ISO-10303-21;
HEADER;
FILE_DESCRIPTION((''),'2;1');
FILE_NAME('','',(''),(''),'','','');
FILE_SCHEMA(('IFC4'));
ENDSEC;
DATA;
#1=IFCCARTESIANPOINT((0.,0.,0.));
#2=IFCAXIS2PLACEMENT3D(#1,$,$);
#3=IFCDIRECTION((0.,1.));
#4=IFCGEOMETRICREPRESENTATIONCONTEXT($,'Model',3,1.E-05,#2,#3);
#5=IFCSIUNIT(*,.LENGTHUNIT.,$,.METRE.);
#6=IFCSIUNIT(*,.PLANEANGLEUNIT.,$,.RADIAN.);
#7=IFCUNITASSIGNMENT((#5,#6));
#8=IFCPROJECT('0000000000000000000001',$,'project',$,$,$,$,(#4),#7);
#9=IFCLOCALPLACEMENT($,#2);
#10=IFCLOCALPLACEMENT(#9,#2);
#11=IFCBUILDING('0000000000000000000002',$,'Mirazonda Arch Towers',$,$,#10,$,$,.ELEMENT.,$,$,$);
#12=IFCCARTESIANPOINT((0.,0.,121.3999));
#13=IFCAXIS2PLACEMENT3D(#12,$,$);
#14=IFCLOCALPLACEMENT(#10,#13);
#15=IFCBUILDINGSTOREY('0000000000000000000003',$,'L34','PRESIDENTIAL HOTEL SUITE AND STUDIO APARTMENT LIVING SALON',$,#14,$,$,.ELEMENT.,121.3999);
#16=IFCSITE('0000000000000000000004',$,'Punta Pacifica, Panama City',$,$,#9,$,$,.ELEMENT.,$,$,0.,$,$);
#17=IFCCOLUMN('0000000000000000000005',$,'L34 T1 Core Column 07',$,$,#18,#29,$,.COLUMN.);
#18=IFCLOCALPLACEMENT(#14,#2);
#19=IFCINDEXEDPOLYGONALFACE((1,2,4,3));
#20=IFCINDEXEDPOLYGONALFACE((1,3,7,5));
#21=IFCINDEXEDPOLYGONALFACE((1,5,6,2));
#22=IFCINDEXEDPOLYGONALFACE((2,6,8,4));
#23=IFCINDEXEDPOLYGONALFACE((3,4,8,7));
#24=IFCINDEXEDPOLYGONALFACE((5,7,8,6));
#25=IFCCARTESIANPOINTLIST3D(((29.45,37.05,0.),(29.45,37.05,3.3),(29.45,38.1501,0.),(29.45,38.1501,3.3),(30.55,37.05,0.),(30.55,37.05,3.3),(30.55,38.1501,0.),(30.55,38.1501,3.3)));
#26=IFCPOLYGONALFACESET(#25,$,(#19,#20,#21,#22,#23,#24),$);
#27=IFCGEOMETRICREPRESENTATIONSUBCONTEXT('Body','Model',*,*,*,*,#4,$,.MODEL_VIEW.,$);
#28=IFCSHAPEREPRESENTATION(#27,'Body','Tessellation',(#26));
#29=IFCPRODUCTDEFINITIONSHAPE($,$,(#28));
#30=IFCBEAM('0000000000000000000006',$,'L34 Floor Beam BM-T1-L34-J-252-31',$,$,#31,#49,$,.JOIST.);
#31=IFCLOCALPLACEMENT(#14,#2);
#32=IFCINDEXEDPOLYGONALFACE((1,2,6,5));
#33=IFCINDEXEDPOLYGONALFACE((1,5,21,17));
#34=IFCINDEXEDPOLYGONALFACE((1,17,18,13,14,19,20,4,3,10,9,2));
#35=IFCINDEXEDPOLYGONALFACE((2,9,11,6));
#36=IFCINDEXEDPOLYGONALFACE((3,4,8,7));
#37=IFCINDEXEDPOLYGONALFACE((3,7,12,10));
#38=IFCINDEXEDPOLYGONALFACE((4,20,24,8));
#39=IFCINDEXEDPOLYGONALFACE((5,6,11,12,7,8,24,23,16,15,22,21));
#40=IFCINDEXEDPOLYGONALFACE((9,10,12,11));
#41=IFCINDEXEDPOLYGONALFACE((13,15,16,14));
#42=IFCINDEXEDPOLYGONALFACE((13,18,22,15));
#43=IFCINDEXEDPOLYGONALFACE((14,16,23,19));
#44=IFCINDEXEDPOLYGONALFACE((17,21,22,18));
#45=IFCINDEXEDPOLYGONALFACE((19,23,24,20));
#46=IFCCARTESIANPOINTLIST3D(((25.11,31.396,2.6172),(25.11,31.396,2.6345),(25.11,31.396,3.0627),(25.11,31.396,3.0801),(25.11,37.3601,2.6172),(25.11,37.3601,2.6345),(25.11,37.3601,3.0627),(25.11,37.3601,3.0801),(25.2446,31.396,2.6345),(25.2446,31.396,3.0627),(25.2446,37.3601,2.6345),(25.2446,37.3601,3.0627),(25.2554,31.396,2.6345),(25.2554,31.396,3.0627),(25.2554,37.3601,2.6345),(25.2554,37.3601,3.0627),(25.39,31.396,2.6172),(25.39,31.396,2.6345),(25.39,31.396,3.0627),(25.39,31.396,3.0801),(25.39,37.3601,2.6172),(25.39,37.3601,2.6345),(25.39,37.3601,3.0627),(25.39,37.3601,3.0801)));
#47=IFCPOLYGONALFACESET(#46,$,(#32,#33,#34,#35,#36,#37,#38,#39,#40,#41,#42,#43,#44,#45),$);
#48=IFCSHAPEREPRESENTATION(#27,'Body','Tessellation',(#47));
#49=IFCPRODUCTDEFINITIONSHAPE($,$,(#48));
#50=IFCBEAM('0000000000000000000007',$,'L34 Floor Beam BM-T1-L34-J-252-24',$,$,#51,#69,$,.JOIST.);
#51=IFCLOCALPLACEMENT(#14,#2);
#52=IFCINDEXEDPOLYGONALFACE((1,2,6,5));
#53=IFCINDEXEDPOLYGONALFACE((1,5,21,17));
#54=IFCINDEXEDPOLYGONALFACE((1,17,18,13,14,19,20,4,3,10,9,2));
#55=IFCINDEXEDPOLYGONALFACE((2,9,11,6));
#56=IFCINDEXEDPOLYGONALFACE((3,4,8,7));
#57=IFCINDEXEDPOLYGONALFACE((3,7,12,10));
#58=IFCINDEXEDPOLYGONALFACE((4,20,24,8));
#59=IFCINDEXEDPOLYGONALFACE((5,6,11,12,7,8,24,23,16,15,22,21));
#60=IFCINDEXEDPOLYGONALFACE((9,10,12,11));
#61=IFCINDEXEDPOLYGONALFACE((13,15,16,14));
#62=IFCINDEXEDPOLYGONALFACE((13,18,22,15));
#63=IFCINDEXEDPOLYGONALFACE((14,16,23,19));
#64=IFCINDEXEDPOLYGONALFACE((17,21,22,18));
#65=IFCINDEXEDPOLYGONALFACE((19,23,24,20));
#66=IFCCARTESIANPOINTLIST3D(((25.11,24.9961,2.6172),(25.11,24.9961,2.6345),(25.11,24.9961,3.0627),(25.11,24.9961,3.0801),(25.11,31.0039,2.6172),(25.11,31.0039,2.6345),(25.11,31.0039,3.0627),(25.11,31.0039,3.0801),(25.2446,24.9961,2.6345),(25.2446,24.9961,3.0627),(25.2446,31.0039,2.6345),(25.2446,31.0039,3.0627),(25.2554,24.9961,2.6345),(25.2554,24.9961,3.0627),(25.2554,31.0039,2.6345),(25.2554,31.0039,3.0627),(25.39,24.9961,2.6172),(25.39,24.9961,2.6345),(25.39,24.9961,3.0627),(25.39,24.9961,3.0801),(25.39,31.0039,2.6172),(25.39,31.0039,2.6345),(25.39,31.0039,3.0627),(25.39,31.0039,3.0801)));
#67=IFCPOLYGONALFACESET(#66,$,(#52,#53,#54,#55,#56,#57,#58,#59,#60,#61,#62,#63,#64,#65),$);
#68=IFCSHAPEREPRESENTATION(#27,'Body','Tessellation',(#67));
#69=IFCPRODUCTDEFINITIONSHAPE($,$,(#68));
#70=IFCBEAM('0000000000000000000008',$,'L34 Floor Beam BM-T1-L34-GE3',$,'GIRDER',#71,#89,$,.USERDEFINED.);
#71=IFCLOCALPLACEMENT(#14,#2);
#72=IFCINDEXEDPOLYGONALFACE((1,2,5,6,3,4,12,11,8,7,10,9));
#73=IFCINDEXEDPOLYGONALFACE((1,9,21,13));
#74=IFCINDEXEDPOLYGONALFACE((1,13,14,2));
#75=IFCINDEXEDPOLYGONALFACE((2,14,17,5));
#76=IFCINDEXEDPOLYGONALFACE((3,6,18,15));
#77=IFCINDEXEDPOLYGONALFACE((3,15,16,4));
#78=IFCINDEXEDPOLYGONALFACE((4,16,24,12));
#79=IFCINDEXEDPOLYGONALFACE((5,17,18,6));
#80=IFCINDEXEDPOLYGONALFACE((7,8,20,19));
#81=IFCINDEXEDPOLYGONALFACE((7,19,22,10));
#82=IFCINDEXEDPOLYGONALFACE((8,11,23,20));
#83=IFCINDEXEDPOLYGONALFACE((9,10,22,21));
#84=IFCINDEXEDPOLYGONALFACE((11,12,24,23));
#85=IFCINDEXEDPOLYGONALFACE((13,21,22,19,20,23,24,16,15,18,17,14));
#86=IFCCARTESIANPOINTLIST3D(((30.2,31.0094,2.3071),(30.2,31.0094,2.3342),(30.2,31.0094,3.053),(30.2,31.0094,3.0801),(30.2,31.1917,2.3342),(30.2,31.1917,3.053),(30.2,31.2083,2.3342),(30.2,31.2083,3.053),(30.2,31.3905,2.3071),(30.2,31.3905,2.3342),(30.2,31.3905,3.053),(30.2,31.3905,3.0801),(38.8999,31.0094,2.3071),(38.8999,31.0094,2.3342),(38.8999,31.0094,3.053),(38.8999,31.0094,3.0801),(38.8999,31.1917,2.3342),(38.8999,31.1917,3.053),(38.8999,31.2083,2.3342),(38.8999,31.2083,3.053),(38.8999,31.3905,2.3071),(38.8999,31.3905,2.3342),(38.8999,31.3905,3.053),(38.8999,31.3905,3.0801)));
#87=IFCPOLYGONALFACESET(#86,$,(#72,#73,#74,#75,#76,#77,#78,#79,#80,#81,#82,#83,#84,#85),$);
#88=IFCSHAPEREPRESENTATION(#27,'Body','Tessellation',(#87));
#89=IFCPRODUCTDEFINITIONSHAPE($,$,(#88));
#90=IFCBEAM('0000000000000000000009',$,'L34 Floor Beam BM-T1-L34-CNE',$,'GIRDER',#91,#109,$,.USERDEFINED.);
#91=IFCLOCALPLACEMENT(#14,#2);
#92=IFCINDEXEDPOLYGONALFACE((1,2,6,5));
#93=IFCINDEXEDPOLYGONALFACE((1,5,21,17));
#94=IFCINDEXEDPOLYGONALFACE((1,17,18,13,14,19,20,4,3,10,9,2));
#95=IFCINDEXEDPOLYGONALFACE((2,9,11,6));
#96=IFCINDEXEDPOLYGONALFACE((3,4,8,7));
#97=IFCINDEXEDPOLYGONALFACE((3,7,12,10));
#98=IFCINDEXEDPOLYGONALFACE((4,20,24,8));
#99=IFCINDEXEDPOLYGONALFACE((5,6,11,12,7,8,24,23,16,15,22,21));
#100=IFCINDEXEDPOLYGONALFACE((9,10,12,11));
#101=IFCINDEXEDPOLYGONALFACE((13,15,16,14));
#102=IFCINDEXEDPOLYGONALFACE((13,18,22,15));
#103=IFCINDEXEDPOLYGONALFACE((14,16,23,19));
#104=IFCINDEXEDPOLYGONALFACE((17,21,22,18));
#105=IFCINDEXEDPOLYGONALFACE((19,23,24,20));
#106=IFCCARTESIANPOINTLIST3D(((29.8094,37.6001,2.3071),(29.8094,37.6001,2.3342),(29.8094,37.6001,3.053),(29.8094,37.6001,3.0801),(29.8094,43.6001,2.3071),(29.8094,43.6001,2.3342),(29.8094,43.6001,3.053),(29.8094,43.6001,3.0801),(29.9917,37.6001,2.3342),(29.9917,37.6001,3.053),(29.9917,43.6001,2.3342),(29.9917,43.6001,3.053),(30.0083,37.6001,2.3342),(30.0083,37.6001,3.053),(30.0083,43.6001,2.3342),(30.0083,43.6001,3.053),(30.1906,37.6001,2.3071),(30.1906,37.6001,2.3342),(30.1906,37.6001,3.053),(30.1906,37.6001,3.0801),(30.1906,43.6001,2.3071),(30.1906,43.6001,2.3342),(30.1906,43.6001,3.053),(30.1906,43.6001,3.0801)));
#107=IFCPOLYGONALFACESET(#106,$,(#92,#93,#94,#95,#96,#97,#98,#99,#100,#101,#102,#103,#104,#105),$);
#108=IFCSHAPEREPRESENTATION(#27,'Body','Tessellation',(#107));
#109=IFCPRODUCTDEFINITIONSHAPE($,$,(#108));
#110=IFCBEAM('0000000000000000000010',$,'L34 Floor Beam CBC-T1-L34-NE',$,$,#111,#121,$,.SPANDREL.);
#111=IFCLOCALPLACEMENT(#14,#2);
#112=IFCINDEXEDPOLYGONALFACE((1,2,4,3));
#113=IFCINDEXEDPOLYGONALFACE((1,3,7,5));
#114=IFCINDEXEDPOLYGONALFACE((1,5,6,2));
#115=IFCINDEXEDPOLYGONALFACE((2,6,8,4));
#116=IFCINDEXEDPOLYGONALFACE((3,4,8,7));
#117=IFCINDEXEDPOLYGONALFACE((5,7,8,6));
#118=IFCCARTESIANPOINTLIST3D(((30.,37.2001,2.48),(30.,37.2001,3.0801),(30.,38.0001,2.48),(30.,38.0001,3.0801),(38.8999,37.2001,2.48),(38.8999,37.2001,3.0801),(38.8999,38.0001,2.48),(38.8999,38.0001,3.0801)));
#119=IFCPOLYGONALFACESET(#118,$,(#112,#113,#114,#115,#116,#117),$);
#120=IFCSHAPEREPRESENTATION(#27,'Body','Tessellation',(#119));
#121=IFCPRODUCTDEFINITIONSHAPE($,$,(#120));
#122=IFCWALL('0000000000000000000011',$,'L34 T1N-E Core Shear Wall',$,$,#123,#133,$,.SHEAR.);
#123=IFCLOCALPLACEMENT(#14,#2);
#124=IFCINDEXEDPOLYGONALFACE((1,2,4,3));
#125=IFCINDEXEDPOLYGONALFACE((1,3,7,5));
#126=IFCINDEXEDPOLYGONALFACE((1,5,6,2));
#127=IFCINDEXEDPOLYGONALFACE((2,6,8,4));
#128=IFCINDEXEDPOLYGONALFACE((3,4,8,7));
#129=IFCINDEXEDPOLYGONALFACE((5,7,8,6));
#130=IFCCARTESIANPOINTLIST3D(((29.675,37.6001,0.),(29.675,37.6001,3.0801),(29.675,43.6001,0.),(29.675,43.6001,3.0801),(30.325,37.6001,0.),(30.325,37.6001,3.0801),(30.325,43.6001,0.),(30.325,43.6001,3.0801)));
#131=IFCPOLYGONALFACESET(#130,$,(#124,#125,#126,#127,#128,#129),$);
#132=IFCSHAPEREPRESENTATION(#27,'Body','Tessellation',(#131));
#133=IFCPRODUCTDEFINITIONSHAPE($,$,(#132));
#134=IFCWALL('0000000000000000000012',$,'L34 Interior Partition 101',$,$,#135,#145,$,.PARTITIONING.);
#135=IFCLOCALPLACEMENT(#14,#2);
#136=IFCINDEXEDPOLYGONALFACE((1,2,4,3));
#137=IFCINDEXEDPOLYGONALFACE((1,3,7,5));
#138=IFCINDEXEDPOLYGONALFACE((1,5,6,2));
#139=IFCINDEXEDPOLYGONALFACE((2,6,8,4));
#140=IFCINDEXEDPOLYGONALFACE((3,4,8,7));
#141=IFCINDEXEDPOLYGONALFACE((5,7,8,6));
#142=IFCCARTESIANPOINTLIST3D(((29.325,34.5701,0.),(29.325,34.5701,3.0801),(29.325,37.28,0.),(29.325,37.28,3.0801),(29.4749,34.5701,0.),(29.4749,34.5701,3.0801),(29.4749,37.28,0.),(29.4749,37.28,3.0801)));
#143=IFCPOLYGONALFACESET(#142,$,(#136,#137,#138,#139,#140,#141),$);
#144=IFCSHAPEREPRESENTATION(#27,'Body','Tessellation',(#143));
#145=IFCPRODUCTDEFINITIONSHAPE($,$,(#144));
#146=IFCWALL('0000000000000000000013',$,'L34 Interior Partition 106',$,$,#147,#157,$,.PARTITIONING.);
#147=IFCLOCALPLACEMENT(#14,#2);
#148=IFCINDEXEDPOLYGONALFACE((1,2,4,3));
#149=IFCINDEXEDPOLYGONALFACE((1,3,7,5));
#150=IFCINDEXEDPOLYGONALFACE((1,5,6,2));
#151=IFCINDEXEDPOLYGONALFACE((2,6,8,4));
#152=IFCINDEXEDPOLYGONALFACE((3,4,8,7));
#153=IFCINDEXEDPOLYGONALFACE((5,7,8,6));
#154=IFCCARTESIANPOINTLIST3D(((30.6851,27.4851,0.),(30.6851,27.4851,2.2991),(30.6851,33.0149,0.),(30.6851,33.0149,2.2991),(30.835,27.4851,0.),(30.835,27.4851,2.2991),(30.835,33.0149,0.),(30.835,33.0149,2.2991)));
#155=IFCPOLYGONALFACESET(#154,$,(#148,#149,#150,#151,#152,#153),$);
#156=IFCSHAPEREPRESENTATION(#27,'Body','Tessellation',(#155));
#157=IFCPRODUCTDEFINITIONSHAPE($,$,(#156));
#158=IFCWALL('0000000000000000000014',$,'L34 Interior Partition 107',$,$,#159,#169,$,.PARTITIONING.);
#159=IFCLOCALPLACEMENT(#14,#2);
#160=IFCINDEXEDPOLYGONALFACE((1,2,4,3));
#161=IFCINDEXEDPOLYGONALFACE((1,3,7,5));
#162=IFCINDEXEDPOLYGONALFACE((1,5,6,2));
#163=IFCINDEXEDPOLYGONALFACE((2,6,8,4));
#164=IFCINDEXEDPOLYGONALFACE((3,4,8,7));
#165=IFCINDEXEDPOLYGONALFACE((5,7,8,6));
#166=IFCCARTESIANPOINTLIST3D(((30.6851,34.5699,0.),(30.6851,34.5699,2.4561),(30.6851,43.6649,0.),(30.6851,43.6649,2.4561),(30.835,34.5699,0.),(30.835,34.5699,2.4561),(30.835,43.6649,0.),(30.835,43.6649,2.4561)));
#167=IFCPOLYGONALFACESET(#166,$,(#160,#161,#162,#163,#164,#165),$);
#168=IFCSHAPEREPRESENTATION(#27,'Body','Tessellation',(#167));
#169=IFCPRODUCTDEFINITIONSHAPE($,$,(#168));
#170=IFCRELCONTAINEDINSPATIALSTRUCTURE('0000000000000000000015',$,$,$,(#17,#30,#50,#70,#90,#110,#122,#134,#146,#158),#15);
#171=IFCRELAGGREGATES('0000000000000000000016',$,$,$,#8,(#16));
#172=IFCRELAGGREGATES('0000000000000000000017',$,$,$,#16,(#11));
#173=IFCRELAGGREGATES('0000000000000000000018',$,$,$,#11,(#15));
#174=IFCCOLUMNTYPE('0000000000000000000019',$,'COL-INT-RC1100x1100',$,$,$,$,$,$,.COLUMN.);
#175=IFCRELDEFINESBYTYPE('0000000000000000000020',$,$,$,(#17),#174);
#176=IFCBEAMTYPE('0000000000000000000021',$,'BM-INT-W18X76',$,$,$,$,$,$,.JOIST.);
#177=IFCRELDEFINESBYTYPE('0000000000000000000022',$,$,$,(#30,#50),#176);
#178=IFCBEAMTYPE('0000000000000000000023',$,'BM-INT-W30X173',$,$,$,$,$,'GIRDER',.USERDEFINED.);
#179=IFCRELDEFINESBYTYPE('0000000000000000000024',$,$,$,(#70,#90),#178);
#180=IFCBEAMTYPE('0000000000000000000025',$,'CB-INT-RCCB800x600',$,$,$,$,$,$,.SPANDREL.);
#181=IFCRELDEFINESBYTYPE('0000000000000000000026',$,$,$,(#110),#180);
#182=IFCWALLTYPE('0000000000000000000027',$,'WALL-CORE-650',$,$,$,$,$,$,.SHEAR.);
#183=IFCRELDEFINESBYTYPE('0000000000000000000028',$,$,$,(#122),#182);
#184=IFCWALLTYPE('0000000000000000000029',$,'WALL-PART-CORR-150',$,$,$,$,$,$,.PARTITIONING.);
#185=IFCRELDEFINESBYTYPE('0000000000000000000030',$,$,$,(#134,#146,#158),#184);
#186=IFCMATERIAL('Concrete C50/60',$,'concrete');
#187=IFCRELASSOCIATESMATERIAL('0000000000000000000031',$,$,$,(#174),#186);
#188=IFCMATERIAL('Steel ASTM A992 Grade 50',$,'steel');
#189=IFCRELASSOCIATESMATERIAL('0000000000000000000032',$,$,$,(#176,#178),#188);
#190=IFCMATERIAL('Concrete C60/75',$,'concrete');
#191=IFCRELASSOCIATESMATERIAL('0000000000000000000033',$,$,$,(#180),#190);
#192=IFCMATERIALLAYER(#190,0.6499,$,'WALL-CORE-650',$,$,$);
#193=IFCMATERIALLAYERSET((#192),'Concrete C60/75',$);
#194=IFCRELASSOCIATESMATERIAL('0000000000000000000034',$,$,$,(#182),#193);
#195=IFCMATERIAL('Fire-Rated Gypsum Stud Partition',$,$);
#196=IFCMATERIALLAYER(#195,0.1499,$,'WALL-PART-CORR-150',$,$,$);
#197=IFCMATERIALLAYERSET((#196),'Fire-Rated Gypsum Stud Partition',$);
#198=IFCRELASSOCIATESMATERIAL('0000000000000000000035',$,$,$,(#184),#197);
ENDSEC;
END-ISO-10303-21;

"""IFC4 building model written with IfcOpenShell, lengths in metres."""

from ifc_helpers import new_model, si_unit, direction, frame, frame_2d, origin, origin_2d, place, context, subcontext, project, spatial, rectangle, i_section, extrude, material, layer, layer_set, material_profile, profile_set, type_object, element, save


model = new_model("IFC4")

# Units and contexts
model_context = context("Model", 3, precision=1e-05, world=origin(), true_north=direction((0.0, 1.0)))
body_context = subcontext(model_context, "Body", "Model", "MODEL_VIEW")
ifc_project = project(units=[si_unit("LENGTHUNIT", "METRE"), si_unit("PLANEANGLEUNIT", "RADIAN")], contexts=[model_context])

# Site, building, storey
site_placement = place(None, origin())
site = spatial("IfcSite", under=ifc_project, at=site_placement, Name="Punta Pacifica, Panama City", CompositionType="ELEMENT", RefElevation=0.0)
building_placement = place(site_placement, origin())
building = spatial("IfcBuilding", under=site, at=building_placement, Name="Mirazonda Arch Towers", CompositionType="ELEMENT")
storey_placement = place(building_placement, frame((0.0, 0.0, 121.3999)))
storey = spatial("IfcBuildingStorey", under=building, at=storey_placement, Name="L34", Description="PRESIDENTIAL HOTEL SUITE AND STUDIO APARTMENT LIVING SALON", CompositionType="ELEMENT", Elevation=121.3999)

# Column
ifc_material_1 = material(Name="Concrete C50/60", Category="concrete")
ifc_material_profile_1 = material_profile(ifc_material_1, rectangle(XDim=1.1001, YDim=1.1001, at=origin_2d()), Name="RC1100x1100")
ifc_profile_set_1 = profile_set([ifc_material_profile_1], Name="Concrete C50/60")
column_type = type_object("IfcColumnType", Name="COL-INT-RC1100x1100", PredefinedType="COLUMN", material=ifc_profile_set_1)
column_placement = place(storey_placement, frame((30.0, 37.6001, 0.0), z_axis=(0.0, 0.0, 1.0), x_axis=(1.0, 0.0, 0.0)))
element("IfcColumn", 1, at=column_placement, inside=storey, type_object=column_type, Name="L34 T1 Core Column 07", PredefinedType="COLUMN", context=body_context, shape_type="SweptSolid", body=[
    extrude(rectangle(XDim=1.1001, YDim=1.1001, at=origin_2d()), origin(), (0.0, 0.0, 1.0), 3.3),
])

# Beams
ifc_material_2 = material(Name="Steel ASTM A992 Grade 50", Category="steel")
ifc_material_profile_2 = material_profile(ifc_material_2, i_section(OverallWidth=0.28, OverallDepth=0.4629, WebThickness=0.0107, FlangeThickness=0.0173, at=origin_2d()), Name="W18X76")
ifc_profile_set_2 = profile_set([ifc_material_profile_2], Name="Steel ASTM A992 Grade 50")
beam_type_1 = type_object("IfcBeamType", Name="BM-INT-W18X76", PredefinedType="JOIST", material=ifc_profile_set_2)
beam_1_placement = place(storey_placement, frame((25.25, 31.396, 2.8486), z_axis=(0.0, 1.0, 0.0), x_axis=(-1.0, 0.0, 0.0)))
element("IfcBeam", 2, at=beam_1_placement, inside=storey, type_object=beam_type_1, Name="L34 Floor Beam BM-T1-L34-J-252-31", PredefinedType="JOIST", context=body_context, shape_type="SweptSolid", body=[
    extrude(i_section(OverallWidth=0.28, OverallDepth=0.4629, WebThickness=0.0107, FlangeThickness=0.0173, at=origin_2d()), origin(), (0.0, 0.0, 1.0), 5.9641),
])
beam_2_placement = place(storey_placement, frame((25.25, 24.9961, 2.8486), z_axis=(0.0, 1.0, 0.0), x_axis=(-1.0, 0.0, 0.0)))
element("IfcBeam", 3, at=beam_2_placement, inside=storey, type_object=beam_type_1, Name="L34 Floor Beam BM-T1-L34-J-252-24", PredefinedType="JOIST", context=body_context, shape_type="SweptSolid", body=[
    extrude(i_section(OverallWidth=0.28, OverallDepth=0.4629, WebThickness=0.0107, FlangeThickness=0.0173, at=origin_2d()), origin(), (0.0, 0.0, 1.0), 6.0078),
])
ifc_material_profile_3 = material_profile(ifc_material_2, i_section(OverallWidth=0.3811, OverallDepth=0.7729, WebThickness=0.0166, FlangeThickness=0.0271, at=origin_2d()), Name="W30X173")
ifc_profile_set_3 = profile_set([ifc_material_profile_3], Name="Steel ASTM A992 Grade 50")
beam_type_2 = type_object("IfcBeamType", Name="BM-INT-W30X173", ElementType="GIRDER", PredefinedType="USERDEFINED", material=ifc_profile_set_3)
beam_3_placement = place(storey_placement, frame((30.2, 31.2, 2.6936), z_axis=(1.0, 0.0, 0.0), x_axis=(0.0, 1.0, 0.0)))
element("IfcBeam", 4, at=beam_3_placement, inside=storey, type_object=beam_type_2, Name="L34 Floor Beam BM-T1-L34-GE3", ObjectType="GIRDER", PredefinedType="USERDEFINED", context=body_context, shape_type="SweptSolid", body=[
    extrude(i_section(OverallWidth=0.3811, OverallDepth=0.7729, WebThickness=0.0166, FlangeThickness=0.0271, at=origin_2d()), origin(), (0.0, 0.0, 1.0), 8.7),
])
beam_4_placement = place(storey_placement, frame((30.0, 37.6001, 2.6936), z_axis=(0.0, 1.0, 0.0), x_axis=(-1.0, 0.0, 0.0)))
element("IfcBeam", 5, at=beam_4_placement, inside=storey, type_object=beam_type_2, Name="L34 Floor Beam BM-T1-L34-CNE", ObjectType="GIRDER", PredefinedType="USERDEFINED", context=body_context, shape_type="SweptSolid", body=[
    extrude(i_section(OverallWidth=0.3811, OverallDepth=0.7729, WebThickness=0.0166, FlangeThickness=0.0271, at=origin_2d()), origin(), (0.0, 0.0, 1.0), 6.0),
])
ifc_material_3 = material(Name="Concrete C60/75", Category="concrete")
ifc_material_profile_4 = material_profile(ifc_material_3, rectangle(XDim=0.8, YDim=0.6001, at=origin_2d()), Name="RCCB800x600")
ifc_profile_set_4 = profile_set([ifc_material_profile_4], Name="Concrete C60/75")
beam_type_3 = type_object("IfcBeamType", Name="CB-INT-RCCB800x600", PredefinedType="SPANDREL", material=ifc_profile_set_4)
beam_5_placement = place(storey_placement, frame((30.0, 37.6001, 2.78), z_axis=(1.0, 0.0, 0.0), x_axis=(0.0, 1.0, 0.0)))
element("IfcBeam", 6, at=beam_5_placement, inside=storey, type_object=beam_type_3, Name="L34 Floor Beam CBC-T1-L34-NE", PredefinedType="SPANDREL", context=body_context, shape_type="SweptSolid", body=[
    extrude(rectangle(XDim=0.8, YDim=0.6001, at=origin_2d()), origin(), (0.0, 0.0, 1.0), 8.8999),
])

# Walls
ifc_layer_1 = layer(ifc_material_3, 0.6499, Name="WALL-CORE-650")
ifc_layer_set_1 = layer_set([ifc_layer_1], Name="Concrete C60/75")
wall_type_1 = type_object("IfcWallType", Name="WALL-CORE-650", PredefinedType="SHEAR", material=ifc_layer_set_1)
wall_1_placement = place(storey_placement, frame((30.0, 37.6001, 0.0), z_axis=(0.0, 0.0, 1.0), x_axis=(0.0, 1.0, 0.0)))
element("IfcWall", 7, at=wall_1_placement, inside=storey, type_object=wall_type_1, Name="L34 T1N-E Core Shear Wall", PredefinedType="SHEAR", context=body_context, shape_type="SweptSolid", body=[
    extrude(rectangle(XDim=6.0, YDim=0.6499, at=frame_2d((3.0, 0.0))), origin(), (0.0, 0.0, 1.0), 3.0801),
])
ifc_material_4 = material(Name="Fire-Rated Gypsum Stud Partition")
ifc_layer_2 = layer(ifc_material_4, 0.1499, Name="WALL-PART-CORR-150")
ifc_layer_set_2 = layer_set([ifc_layer_2], Name="Fire-Rated Gypsum Stud Partition")
wall_type_2 = type_object("IfcWallType", Name="WALL-PART-CORR-150", PredefinedType="PARTITIONING", material=ifc_layer_set_2)
wall_2_placement = place(storey_placement, frame((29.3999, 34.5701, 0.0), z_axis=(0.0, 0.0, 1.0), x_axis=(0.0, 1.0, 0.0)))
element("IfcWall", 8, at=wall_2_placement, inside=storey, type_object=wall_type_2, Name="L34 Interior Partition 101", PredefinedType="PARTITIONING", context=body_context, shape_type="SweptSolid", body=[
    extrude(rectangle(XDim=2.71, YDim=0.1499, at=frame_2d((1.355, 0.0))), origin(), (0.0, 0.0, 1.0), 3.0801),
])
wall_3_placement = place(storey_placement, frame((30.76, 27.4851, 0.0), z_axis=(0.0, 0.0, 1.0), x_axis=(0.0, 1.0, 0.0)))
element("IfcWall", 9, at=wall_3_placement, inside=storey, type_object=wall_type_2, Name="L34 Interior Partition 106", PredefinedType="PARTITIONING", context=body_context, shape_type="SweptSolid", body=[
    extrude(rectangle(XDim=5.5298, YDim=0.1499, at=frame_2d((2.7649, 0.0))), origin(), (0.0, 0.0, 1.0), 2.2991),
])
wall_4_placement = place(storey_placement, frame((30.76, 34.5701, 0.0), z_axis=(0.0, 0.0, 1.0), x_axis=(0.0, 1.0, 0.0)))
element("IfcWall", 10, at=wall_4_placement, inside=storey, type_object=wall_type_2, Name="L34 Interior Partition 107", PredefinedType="PARTITIONING", context=body_context, shape_type="SweptSolid", body=[
    extrude(rectangle(XDim=9.095, YDim=0.1499, at=frame_2d((4.5474, 0.0))), origin(), (0.0, 0.0, 1.0), 2.4561),
])

save(model, "model.ifc")
